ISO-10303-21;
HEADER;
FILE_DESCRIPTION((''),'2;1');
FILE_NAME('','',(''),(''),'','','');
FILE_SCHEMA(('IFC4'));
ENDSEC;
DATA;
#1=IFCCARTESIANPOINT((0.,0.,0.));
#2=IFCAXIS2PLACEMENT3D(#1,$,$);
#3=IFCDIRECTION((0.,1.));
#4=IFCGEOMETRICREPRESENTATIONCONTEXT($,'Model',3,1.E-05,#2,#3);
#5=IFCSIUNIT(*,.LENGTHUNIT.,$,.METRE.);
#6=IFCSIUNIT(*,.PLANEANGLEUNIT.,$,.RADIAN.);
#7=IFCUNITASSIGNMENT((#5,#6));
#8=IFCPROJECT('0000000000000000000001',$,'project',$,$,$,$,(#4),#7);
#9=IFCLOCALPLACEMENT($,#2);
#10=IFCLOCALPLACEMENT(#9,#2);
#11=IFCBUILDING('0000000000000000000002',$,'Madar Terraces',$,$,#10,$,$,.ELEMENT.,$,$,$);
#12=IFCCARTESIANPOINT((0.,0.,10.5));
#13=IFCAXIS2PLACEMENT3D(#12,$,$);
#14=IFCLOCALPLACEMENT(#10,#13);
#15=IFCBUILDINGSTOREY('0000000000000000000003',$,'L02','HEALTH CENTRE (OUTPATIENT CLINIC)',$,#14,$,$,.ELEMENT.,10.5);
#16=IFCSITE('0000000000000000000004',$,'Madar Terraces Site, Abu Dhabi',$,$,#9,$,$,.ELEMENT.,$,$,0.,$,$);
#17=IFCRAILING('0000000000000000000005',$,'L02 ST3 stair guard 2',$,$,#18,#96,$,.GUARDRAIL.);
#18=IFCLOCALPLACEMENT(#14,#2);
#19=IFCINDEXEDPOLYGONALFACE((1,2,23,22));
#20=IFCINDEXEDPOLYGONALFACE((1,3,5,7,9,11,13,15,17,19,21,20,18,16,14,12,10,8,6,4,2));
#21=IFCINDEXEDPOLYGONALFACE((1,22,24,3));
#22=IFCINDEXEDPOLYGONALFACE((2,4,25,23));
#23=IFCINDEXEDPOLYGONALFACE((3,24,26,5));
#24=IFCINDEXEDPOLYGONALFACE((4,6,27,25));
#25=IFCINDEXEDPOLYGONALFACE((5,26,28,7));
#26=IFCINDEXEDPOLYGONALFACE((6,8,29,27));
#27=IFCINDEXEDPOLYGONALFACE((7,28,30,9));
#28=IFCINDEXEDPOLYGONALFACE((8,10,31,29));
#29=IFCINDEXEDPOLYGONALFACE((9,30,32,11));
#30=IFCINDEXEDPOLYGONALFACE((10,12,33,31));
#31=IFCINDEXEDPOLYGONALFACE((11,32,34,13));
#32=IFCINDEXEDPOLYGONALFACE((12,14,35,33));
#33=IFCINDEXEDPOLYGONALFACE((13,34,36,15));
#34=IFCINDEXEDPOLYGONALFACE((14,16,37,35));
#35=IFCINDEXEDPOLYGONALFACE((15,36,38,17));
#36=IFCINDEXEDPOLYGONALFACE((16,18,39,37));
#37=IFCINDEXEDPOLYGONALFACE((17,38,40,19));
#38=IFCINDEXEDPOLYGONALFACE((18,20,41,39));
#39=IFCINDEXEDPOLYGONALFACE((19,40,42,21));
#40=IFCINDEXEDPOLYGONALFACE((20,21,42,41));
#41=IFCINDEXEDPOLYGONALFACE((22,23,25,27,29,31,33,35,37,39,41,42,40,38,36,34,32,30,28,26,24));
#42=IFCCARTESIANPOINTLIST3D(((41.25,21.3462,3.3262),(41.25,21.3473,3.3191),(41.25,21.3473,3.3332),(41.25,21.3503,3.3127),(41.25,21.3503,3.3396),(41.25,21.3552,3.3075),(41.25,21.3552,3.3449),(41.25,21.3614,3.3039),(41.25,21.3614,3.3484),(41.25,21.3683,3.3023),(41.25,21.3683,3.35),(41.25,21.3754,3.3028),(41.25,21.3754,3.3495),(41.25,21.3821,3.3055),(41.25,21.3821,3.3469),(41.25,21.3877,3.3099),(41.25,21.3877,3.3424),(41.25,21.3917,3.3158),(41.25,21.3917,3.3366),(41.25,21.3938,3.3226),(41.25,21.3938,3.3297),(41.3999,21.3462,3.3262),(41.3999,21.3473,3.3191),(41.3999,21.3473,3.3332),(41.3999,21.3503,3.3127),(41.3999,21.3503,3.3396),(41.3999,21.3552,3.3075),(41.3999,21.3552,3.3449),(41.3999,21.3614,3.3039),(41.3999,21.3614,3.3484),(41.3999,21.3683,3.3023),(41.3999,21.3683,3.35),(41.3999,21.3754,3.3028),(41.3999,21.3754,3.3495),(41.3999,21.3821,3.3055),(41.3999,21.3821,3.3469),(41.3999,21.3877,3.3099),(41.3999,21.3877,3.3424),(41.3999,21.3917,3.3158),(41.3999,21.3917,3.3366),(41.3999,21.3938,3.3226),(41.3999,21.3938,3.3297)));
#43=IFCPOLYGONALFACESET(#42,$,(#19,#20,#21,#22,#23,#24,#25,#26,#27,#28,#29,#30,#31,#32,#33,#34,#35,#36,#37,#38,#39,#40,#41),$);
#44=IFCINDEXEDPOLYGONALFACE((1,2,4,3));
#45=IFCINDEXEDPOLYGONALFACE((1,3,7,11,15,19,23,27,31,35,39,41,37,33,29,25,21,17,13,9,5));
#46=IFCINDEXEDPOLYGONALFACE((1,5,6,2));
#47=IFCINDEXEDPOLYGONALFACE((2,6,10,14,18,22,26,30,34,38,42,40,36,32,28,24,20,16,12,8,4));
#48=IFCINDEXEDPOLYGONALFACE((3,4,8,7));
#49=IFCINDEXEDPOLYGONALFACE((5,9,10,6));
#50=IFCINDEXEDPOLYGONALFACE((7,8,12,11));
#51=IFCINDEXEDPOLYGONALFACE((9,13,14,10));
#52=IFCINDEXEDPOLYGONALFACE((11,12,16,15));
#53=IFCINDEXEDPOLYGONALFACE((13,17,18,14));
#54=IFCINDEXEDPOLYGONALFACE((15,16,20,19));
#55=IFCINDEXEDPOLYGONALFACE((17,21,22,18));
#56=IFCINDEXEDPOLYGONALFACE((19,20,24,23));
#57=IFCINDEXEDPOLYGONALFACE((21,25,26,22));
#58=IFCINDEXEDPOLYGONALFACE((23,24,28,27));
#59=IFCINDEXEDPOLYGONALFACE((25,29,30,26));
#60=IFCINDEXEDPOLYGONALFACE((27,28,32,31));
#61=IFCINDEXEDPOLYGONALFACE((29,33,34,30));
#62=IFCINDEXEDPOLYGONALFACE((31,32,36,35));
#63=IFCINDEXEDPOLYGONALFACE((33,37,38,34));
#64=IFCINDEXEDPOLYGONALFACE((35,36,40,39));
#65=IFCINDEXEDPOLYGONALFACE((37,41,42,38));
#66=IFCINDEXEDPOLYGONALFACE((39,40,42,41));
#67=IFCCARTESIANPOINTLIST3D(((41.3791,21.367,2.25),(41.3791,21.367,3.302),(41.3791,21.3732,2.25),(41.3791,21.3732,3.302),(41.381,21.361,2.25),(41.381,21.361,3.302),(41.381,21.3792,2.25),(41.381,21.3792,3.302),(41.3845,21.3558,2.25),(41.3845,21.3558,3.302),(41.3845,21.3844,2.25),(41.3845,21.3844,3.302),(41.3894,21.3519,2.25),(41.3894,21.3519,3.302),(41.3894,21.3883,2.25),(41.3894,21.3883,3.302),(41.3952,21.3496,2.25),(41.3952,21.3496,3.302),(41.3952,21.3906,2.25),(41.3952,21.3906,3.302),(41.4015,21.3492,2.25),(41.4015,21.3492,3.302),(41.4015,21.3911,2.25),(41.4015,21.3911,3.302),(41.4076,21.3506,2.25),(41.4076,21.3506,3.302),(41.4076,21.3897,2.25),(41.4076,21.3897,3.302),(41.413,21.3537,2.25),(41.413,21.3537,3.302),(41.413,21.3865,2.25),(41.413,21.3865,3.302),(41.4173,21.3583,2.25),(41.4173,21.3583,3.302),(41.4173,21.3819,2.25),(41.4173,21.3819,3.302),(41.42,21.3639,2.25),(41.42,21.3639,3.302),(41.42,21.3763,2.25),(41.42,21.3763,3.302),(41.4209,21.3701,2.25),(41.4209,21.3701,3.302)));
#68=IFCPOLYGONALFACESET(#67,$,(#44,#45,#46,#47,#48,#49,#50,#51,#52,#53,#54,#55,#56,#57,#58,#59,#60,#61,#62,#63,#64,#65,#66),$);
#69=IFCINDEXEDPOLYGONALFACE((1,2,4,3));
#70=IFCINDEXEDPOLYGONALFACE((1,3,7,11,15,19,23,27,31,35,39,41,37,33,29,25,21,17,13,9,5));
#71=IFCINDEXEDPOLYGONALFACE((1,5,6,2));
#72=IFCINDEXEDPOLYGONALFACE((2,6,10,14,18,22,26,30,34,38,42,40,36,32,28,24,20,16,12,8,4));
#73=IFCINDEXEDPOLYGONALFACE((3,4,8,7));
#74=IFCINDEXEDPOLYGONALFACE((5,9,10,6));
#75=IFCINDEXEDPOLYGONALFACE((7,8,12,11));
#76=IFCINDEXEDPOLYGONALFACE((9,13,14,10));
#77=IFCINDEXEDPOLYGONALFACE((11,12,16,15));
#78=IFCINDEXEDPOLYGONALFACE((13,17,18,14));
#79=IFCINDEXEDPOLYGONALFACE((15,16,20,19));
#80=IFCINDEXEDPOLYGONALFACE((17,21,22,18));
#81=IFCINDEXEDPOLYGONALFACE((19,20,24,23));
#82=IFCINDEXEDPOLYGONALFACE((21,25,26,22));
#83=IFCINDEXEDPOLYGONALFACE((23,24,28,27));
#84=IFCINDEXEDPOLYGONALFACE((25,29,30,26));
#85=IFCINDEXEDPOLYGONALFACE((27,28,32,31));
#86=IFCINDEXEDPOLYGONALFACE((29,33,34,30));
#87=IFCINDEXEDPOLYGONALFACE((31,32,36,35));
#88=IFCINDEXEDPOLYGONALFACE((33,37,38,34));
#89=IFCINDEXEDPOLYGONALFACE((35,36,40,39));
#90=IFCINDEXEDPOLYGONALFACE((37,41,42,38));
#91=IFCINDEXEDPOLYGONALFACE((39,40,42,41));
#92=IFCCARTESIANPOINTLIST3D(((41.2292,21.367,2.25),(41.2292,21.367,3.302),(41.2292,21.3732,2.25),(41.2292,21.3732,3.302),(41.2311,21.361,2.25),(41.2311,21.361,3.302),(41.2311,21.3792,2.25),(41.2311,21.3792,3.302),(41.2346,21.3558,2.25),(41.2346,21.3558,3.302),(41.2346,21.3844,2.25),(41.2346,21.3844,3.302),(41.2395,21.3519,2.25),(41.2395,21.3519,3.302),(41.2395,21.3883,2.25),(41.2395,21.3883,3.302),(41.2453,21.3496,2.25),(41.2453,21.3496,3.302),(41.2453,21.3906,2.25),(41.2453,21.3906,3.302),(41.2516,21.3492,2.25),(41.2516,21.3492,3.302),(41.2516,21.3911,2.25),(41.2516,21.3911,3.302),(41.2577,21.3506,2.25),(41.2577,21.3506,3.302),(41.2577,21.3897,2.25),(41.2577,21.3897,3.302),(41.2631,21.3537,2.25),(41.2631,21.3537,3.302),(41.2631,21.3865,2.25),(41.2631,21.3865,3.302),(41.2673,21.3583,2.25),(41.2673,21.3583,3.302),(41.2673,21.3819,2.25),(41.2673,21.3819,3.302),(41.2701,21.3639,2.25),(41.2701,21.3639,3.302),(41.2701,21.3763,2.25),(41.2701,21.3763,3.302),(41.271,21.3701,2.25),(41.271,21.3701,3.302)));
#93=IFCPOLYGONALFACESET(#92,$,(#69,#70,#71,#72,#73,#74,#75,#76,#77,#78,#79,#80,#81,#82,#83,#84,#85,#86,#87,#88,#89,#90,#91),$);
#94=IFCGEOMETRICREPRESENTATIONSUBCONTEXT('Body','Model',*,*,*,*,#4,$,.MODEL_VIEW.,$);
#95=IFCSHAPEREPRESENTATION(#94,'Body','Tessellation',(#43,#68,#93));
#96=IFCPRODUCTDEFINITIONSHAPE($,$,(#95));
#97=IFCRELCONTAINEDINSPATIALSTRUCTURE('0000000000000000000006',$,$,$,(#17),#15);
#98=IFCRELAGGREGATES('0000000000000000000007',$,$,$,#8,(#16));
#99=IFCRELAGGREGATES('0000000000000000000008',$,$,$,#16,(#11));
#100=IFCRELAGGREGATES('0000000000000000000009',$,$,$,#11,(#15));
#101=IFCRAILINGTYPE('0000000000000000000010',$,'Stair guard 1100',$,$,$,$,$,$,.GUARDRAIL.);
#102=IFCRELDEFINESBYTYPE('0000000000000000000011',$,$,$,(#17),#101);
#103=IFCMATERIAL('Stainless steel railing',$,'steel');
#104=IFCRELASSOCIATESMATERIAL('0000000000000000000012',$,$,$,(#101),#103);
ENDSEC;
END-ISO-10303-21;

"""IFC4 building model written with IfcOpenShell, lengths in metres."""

from ifc_helpers import new_model, si_unit, direction, frame, origin, origin_2d, place, context, subcontext, project, spatial, circle, extrude, material, type_object, element, save


model = new_model("IFC4")

# Units and contexts
model_context = context("Model", 3, precision=1e-05, world=origin(), true_north=direction((0.0, 1.0)))
body_context = subcontext(model_context, "Body", "Model", "MODEL_VIEW")
ifc_project = project(units=[si_unit("LENGTHUNIT", "METRE"), si_unit("PLANEANGLEUNIT", "RADIAN")], contexts=[model_context])

# Site, building, storey
site_placement = place(None, origin())
site = spatial("IfcSite", under=ifc_project, at=site_placement, Name="Madar Terraces Site, Abu Dhabi", CompositionType="ELEMENT", RefElevation=0.0)
building_placement = place(site_placement, origin())
building = spatial("IfcBuilding", under=site, at=building_placement, Name="Madar Terraces", CompositionType="ELEMENT")
storey_placement = place(building_placement, frame((0.0, 0.0, 10.5)))
storey = spatial("IfcBuildingStorey", under=building, at=storey_placement, Name="L02", Description="HEALTH CENTRE (OUTPATIENT CLINIC)", CompositionType="ELEMENT", Elevation=10.5)

# Railing
ifc_material_1 = material(Name="Stainless steel railing", Category="steel")
railing_type_1 = type_object("IfcRailingType", Name="Stair guard 1100", PredefinedType="GUARDRAIL", material=ifc_material_1)
railing_1_placement = place(storey_placement, frame((41.3999, 21.3701, 2.25)))
element("IfcRailing", 1, at=railing_1_placement, inside=storey, type_object=railing_type_1, Name="L02 ST3 stair guard 2", PredefinedType="GUARDRAIL", context=body_context, shape_type="SweptSolid", body=[
    extrude(circle(Radius=0.0239, at=origin_2d()), frame((0.0, 0.0, 1.0762), z_axis=(-1.0, 0.0, 0.0), x_axis=(0.0, -1.0, 0.0)), (0.0, 0.0, 1.0), 0.1499),
    extrude(circle(Radius=0.021, at=origin_2d()), origin(), (0.0, 0.0, 1.0), 1.052),
    extrude(circle(Radius=0.021, at=origin_2d()), frame((-0.1499, 0.0, 0.0)), (0.0, 0.0, 1.0), 1.052),
])

save(model, "model.ifc")
